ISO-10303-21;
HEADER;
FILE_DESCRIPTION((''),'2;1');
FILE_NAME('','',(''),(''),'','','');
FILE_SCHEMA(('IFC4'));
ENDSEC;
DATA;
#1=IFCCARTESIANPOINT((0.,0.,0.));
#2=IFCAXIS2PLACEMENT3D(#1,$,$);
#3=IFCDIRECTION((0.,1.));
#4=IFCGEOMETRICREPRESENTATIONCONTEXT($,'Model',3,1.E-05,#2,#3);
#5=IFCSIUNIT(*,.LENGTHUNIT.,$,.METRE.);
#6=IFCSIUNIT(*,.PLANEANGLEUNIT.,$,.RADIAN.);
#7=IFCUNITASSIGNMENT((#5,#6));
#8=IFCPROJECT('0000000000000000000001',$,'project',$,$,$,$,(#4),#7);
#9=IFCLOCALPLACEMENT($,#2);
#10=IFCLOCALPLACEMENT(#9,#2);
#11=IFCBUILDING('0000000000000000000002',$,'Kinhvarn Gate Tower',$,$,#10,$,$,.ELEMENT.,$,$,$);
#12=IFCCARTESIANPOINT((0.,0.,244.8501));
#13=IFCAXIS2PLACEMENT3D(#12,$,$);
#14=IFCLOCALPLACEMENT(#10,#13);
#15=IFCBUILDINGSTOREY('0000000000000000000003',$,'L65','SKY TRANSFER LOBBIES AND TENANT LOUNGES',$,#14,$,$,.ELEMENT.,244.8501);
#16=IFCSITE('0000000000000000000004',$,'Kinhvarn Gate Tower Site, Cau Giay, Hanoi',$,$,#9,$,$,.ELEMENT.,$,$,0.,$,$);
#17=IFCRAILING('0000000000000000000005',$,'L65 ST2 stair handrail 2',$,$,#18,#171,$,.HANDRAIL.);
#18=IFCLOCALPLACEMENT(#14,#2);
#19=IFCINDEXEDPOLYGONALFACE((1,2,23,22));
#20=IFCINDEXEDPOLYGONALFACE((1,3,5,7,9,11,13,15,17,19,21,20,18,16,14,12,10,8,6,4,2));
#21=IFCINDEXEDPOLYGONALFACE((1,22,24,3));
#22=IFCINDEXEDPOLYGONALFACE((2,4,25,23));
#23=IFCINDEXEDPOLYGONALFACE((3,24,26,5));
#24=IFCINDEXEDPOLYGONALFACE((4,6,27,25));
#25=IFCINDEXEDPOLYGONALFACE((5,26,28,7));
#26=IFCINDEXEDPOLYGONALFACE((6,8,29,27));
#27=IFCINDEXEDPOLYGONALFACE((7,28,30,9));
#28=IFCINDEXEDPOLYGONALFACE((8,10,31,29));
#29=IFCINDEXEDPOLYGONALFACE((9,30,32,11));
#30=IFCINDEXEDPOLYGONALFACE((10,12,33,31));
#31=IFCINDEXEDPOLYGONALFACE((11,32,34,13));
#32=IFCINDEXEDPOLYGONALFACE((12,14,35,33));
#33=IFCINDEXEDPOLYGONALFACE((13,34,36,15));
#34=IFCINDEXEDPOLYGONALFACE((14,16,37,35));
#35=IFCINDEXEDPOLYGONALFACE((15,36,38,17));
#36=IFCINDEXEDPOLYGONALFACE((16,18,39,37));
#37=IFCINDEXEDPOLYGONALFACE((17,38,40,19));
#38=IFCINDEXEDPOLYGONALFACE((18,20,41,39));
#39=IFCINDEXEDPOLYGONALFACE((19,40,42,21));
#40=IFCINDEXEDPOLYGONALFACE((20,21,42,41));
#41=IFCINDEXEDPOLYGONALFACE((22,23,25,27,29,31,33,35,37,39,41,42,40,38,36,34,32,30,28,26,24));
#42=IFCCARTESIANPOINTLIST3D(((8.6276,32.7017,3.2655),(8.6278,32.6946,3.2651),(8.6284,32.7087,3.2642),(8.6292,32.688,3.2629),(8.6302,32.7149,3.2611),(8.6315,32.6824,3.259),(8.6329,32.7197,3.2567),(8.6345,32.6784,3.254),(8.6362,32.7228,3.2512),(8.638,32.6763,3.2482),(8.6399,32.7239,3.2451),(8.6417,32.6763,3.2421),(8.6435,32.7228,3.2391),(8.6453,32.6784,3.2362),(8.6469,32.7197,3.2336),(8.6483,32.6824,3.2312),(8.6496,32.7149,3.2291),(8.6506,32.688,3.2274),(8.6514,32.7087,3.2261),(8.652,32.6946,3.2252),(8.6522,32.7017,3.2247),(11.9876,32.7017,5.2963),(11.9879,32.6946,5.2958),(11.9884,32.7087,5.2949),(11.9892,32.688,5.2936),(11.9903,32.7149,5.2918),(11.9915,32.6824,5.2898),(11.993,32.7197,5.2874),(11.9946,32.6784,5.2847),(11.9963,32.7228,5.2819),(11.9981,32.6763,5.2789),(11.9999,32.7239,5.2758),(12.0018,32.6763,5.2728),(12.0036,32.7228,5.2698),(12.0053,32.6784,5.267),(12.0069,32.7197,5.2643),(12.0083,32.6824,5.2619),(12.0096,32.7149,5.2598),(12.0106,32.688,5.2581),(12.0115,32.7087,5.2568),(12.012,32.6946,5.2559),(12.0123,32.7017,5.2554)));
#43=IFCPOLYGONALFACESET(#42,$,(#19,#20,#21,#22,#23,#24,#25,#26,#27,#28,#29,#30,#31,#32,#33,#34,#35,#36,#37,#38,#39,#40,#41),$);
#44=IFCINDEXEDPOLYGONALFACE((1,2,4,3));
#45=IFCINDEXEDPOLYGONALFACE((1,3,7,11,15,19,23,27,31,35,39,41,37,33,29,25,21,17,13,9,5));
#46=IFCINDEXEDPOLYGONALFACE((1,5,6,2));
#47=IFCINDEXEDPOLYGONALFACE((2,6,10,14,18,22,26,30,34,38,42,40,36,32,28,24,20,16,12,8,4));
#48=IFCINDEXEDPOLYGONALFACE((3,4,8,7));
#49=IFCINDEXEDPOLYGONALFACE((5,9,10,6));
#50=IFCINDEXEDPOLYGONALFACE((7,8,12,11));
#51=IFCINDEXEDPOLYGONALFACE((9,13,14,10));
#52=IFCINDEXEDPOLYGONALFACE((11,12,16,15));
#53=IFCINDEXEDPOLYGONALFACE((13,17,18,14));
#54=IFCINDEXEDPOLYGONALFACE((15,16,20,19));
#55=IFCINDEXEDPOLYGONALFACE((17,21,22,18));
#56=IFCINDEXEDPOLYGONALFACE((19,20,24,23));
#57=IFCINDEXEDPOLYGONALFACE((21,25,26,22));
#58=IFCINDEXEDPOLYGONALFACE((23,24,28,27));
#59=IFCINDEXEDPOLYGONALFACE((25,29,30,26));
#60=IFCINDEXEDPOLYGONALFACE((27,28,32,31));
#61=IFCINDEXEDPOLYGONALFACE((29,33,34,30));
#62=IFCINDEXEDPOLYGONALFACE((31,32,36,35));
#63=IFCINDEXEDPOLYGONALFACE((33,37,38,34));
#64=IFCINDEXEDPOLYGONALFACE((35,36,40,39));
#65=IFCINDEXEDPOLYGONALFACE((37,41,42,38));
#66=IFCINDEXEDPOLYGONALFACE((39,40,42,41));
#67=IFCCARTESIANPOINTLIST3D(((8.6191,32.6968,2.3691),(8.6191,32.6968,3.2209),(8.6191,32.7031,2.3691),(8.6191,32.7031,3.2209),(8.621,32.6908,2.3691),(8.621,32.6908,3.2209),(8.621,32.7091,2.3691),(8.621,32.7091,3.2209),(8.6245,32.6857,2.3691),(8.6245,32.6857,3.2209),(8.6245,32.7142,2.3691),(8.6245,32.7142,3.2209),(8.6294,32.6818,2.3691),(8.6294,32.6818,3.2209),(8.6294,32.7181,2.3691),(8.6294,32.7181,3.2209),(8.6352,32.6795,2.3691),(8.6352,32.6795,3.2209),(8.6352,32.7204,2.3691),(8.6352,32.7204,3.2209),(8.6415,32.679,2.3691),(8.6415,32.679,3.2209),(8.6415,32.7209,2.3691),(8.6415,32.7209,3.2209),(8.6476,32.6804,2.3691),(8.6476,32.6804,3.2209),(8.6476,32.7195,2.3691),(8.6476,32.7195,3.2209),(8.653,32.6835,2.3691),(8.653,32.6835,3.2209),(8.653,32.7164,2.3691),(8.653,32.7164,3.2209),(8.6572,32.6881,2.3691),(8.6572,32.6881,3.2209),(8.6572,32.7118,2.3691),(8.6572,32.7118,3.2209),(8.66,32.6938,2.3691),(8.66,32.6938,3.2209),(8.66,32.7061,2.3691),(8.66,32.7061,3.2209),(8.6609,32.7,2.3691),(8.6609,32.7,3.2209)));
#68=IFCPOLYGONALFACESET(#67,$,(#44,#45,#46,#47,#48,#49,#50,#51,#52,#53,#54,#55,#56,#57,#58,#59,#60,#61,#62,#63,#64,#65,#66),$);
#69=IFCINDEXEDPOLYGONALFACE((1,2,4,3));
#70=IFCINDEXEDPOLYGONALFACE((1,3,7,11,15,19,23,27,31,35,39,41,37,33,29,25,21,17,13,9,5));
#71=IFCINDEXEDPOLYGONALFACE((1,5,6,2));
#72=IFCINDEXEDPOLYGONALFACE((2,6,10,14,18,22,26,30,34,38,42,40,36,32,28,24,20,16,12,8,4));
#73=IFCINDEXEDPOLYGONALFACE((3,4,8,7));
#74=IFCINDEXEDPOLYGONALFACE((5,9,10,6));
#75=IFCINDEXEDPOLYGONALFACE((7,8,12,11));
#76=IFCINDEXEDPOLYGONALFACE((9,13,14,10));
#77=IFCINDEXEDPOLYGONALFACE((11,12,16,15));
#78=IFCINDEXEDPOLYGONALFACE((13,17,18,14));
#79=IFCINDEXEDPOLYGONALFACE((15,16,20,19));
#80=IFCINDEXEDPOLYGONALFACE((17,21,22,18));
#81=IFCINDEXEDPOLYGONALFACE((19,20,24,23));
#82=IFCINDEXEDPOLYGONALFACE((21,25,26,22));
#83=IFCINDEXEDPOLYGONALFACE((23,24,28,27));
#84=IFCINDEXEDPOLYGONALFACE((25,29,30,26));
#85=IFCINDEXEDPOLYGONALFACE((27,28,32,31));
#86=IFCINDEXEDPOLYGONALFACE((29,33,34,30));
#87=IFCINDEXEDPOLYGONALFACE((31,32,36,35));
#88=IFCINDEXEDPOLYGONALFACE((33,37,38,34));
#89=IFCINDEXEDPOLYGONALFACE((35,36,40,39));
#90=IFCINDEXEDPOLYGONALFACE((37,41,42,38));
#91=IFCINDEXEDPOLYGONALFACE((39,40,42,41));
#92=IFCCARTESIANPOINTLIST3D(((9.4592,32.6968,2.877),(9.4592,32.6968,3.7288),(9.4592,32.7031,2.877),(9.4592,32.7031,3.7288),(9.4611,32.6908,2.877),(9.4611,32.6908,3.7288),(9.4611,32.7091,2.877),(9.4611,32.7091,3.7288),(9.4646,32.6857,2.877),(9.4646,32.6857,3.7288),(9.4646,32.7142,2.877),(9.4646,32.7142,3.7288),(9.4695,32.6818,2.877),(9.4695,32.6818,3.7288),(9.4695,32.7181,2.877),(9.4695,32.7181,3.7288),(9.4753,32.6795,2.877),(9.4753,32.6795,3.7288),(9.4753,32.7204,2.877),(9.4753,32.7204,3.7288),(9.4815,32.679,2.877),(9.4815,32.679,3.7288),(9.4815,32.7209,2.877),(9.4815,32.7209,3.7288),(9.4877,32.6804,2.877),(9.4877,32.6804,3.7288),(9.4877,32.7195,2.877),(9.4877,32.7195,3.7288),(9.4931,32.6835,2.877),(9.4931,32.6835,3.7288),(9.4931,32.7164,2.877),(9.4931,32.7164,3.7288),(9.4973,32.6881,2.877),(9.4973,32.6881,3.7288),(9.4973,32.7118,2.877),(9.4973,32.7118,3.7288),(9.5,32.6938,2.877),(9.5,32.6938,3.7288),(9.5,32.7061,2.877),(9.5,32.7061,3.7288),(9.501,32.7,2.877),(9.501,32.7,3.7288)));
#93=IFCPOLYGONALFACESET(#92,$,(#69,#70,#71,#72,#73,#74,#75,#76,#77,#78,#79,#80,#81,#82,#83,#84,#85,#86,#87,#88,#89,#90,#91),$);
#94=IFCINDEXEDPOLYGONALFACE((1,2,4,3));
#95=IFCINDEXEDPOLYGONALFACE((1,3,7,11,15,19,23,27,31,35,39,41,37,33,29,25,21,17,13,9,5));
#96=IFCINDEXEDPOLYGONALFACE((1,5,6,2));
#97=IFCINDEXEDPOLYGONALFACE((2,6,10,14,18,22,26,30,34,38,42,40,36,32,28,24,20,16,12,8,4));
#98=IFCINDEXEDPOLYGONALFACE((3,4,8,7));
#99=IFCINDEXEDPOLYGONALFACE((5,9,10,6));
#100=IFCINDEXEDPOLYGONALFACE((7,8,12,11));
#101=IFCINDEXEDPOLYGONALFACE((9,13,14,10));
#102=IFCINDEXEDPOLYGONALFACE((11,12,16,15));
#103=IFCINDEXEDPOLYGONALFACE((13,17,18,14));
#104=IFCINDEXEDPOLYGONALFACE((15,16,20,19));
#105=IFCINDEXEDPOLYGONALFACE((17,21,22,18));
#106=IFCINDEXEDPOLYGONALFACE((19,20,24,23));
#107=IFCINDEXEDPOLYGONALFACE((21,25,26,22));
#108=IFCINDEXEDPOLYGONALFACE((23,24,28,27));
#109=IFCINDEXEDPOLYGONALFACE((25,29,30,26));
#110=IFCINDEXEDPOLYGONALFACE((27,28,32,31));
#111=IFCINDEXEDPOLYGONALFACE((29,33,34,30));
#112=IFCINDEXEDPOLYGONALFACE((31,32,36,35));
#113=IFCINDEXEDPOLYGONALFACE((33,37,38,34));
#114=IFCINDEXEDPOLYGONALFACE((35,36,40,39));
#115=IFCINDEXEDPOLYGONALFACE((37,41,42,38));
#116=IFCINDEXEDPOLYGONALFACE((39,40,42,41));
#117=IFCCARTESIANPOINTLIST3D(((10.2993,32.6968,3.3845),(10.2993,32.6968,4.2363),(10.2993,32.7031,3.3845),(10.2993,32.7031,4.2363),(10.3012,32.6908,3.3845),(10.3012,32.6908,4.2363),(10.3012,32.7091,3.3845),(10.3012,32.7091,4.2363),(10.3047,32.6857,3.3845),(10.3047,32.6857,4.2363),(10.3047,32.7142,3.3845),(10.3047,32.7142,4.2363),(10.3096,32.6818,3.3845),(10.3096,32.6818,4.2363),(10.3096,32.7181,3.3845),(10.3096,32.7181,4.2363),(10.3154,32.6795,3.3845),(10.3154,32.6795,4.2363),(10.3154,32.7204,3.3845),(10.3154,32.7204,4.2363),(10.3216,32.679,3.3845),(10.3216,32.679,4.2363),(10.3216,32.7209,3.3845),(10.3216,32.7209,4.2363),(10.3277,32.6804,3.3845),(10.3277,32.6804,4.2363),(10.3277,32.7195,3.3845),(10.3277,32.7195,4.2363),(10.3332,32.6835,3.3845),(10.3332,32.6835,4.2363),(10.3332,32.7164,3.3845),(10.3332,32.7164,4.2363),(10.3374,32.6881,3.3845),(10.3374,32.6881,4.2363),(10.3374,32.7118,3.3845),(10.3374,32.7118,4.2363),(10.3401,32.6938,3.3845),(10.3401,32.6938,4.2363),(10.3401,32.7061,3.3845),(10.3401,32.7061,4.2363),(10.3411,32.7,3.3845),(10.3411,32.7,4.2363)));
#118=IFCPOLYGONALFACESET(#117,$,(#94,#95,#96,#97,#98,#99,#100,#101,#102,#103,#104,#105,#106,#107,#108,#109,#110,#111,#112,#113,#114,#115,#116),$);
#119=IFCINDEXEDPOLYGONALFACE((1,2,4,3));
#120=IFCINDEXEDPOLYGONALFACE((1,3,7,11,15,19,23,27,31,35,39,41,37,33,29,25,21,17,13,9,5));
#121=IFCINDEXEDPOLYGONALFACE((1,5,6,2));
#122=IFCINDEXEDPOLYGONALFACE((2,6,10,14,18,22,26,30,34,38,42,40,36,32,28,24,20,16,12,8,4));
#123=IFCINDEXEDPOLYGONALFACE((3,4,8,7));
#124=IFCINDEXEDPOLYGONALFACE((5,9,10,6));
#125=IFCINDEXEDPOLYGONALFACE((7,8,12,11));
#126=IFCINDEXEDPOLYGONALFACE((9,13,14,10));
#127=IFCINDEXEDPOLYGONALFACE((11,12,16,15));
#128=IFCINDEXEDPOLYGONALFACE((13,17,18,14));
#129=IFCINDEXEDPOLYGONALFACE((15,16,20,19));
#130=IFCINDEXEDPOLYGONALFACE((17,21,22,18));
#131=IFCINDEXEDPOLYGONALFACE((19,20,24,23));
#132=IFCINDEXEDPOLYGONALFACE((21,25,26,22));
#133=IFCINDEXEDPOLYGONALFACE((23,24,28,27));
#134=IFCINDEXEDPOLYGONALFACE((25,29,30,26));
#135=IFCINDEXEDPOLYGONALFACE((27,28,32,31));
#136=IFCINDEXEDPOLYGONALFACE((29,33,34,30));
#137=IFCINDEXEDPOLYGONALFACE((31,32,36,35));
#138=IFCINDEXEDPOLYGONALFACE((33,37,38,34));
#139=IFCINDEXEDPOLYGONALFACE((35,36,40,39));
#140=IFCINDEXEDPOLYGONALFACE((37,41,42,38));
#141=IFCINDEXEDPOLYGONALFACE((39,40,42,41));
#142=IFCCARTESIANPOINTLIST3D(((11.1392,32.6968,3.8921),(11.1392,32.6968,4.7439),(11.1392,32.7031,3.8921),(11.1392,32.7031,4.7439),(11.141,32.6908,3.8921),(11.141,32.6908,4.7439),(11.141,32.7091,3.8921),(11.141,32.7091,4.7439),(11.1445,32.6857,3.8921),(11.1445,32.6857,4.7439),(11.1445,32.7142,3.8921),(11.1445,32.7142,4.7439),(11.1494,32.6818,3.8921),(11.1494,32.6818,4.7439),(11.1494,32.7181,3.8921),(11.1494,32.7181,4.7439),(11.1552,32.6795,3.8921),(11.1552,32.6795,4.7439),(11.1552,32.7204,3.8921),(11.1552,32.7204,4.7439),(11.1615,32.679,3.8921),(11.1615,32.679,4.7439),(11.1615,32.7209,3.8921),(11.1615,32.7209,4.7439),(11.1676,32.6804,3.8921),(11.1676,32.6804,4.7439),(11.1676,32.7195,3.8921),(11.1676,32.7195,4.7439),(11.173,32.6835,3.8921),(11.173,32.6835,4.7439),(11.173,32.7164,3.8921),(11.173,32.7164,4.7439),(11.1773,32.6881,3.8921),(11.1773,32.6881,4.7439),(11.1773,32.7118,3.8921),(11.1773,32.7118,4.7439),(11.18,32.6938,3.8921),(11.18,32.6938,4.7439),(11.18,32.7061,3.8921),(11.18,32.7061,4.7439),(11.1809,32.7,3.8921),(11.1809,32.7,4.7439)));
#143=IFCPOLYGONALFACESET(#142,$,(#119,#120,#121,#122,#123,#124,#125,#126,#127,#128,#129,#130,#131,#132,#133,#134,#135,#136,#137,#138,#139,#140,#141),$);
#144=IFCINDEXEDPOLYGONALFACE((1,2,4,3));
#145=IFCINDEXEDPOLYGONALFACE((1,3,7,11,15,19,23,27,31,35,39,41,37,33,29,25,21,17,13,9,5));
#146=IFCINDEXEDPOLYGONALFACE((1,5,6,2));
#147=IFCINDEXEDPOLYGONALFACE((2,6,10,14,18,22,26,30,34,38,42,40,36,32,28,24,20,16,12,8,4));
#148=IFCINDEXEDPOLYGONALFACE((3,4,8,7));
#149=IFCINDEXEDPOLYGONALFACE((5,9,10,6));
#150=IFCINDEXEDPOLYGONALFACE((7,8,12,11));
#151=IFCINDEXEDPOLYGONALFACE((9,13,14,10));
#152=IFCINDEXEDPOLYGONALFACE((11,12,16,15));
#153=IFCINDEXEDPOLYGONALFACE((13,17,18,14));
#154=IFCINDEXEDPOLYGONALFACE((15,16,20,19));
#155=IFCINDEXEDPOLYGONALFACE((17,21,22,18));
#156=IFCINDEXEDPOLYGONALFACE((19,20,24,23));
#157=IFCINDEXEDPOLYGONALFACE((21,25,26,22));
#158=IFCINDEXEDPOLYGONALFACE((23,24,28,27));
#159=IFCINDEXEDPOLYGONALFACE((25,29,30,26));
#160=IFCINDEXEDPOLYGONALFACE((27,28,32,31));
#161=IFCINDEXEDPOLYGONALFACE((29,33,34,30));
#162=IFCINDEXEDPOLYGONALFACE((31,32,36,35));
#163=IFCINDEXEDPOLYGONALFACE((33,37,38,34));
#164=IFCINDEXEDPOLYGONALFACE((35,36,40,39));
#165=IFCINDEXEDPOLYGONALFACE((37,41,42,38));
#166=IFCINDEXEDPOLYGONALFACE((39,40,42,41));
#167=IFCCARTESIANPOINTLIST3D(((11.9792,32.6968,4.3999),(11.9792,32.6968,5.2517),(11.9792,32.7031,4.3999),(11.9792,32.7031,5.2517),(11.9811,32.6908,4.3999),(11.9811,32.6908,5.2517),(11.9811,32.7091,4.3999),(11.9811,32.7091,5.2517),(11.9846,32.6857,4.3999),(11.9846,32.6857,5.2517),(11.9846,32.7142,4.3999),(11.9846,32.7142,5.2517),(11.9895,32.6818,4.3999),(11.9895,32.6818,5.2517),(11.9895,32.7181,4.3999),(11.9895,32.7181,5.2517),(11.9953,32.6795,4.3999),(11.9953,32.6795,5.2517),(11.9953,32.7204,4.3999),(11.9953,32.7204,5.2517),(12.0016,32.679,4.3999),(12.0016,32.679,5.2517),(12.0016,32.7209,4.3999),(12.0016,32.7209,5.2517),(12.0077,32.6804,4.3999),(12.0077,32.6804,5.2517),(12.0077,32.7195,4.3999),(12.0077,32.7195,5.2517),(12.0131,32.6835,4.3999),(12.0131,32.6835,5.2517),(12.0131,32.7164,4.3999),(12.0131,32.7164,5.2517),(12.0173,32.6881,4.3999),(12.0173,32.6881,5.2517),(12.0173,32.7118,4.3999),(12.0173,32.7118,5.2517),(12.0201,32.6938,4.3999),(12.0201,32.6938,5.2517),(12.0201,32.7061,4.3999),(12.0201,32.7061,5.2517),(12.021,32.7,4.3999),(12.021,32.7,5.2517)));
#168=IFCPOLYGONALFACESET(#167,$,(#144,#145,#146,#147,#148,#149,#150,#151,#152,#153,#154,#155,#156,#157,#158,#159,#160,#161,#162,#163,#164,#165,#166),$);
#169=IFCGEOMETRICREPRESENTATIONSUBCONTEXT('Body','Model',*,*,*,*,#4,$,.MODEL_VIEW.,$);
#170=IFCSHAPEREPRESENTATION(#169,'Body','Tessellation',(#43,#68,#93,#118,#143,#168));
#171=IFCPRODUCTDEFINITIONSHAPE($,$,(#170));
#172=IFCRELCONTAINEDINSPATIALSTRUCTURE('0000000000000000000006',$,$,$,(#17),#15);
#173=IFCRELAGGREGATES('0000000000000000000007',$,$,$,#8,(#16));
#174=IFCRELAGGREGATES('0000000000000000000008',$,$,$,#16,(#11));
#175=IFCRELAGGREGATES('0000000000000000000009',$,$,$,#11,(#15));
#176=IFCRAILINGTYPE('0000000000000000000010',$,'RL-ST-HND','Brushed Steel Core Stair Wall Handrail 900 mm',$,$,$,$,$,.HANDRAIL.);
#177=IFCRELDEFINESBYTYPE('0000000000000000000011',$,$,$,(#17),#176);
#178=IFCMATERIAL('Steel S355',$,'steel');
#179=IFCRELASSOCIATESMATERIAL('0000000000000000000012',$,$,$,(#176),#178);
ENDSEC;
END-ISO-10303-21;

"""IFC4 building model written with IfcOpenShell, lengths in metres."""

from ifc_helpers import new_model, si_unit, direction, frame, origin, origin_2d, place, context, subcontext, project, spatial, circle, extrude, material, type_object, element, save


model = new_model("IFC4")

# Units and contexts
model_context = context("Model", 3, precision=1e-05, world=origin(), true_north=direction((0.0, 1.0)))
body_context = subcontext(model_context, "Body", "Model", "MODEL_VIEW")
ifc_project = project(units=[si_unit("LENGTHUNIT", "METRE"), si_unit("PLANEANGLEUNIT", "RADIAN")], contexts=[model_context])

# Site, building, storey
site_placement = place(None, origin())
site = spatial("IfcSite", under=ifc_project, at=site_placement, Name="Kinhvarn Gate Tower Site, Cau Giay, Hanoi", CompositionType="ELEMENT", RefElevation=0.0)
building_placement = place(site_placement, origin())
building = spatial("IfcBuilding", under=site, at=building_placement, Name="Kinhvarn Gate Tower", CompositionType="ELEMENT")
storey_placement = place(building_placement, frame((0.0, 0.0, 244.8501)))
storey = spatial("IfcBuildingStorey", under=building, at=storey_placement, Name="L65", Description="SKY TRANSFER LOBBIES AND TENANT LOUNGES", CompositionType="ELEMENT", Elevation=244.8501)

# Railing
ifc_material_1 = material(Name="Steel S355", Category="steel")
railing_type_1 = type_object("IfcRailingType", Name="RL-ST-HND", Description="Brushed Steel Core Stair Wall Handrail 900 mm", PredefinedType="HANDRAIL", material=ifc_material_1)
railing_1_placement = place(storey_placement, frame((8.6399, 32.7, 2.3691)))
element("IfcRailing", 1, at=railing_1_placement, inside=storey, type_object=railing_type_1, Name="L65 ST2 stair handrail 2", PredefinedType="HANDRAIL", context=body_context, shape_type="SweptSolid", body=[
    extrude(circle(Radius=0.0239, at=origin_2d()), frame((0.0, 0.0, 0.876), z_axis=(0.855837, 0.0, 0.517246), x_axis=(0.0, 1.0, 0.0)), (0.0, 0.0, 1.0), 3.926),
    extrude(circle(Radius=0.021, at=origin_2d()), origin(), (0.0, 0.0, 1.0), 0.8518),
    extrude(circle(Radius=0.021, at=origin_2d()), frame((0.8401, 0.0, 0.5078)), (0.0, 0.0, 1.0), 0.8518),
    extrude(circle(Radius=0.021, at=origin_2d()), frame((1.6802, 0.0, 1.0154)), (0.0, 0.0, 1.0), 0.8518),
    extrude(circle(Radius=0.021, at=origin_2d()), frame((2.52, 0.0, 1.5229)), (0.0, 0.0, 1.0), 0.8518),
    extrude(circle(Radius=0.021, at=origin_2d()), frame((3.3601, 0.0, 2.0308)), (0.0, 0.0, 1.0), 0.8518),
])

save(model, "model.ifc")
